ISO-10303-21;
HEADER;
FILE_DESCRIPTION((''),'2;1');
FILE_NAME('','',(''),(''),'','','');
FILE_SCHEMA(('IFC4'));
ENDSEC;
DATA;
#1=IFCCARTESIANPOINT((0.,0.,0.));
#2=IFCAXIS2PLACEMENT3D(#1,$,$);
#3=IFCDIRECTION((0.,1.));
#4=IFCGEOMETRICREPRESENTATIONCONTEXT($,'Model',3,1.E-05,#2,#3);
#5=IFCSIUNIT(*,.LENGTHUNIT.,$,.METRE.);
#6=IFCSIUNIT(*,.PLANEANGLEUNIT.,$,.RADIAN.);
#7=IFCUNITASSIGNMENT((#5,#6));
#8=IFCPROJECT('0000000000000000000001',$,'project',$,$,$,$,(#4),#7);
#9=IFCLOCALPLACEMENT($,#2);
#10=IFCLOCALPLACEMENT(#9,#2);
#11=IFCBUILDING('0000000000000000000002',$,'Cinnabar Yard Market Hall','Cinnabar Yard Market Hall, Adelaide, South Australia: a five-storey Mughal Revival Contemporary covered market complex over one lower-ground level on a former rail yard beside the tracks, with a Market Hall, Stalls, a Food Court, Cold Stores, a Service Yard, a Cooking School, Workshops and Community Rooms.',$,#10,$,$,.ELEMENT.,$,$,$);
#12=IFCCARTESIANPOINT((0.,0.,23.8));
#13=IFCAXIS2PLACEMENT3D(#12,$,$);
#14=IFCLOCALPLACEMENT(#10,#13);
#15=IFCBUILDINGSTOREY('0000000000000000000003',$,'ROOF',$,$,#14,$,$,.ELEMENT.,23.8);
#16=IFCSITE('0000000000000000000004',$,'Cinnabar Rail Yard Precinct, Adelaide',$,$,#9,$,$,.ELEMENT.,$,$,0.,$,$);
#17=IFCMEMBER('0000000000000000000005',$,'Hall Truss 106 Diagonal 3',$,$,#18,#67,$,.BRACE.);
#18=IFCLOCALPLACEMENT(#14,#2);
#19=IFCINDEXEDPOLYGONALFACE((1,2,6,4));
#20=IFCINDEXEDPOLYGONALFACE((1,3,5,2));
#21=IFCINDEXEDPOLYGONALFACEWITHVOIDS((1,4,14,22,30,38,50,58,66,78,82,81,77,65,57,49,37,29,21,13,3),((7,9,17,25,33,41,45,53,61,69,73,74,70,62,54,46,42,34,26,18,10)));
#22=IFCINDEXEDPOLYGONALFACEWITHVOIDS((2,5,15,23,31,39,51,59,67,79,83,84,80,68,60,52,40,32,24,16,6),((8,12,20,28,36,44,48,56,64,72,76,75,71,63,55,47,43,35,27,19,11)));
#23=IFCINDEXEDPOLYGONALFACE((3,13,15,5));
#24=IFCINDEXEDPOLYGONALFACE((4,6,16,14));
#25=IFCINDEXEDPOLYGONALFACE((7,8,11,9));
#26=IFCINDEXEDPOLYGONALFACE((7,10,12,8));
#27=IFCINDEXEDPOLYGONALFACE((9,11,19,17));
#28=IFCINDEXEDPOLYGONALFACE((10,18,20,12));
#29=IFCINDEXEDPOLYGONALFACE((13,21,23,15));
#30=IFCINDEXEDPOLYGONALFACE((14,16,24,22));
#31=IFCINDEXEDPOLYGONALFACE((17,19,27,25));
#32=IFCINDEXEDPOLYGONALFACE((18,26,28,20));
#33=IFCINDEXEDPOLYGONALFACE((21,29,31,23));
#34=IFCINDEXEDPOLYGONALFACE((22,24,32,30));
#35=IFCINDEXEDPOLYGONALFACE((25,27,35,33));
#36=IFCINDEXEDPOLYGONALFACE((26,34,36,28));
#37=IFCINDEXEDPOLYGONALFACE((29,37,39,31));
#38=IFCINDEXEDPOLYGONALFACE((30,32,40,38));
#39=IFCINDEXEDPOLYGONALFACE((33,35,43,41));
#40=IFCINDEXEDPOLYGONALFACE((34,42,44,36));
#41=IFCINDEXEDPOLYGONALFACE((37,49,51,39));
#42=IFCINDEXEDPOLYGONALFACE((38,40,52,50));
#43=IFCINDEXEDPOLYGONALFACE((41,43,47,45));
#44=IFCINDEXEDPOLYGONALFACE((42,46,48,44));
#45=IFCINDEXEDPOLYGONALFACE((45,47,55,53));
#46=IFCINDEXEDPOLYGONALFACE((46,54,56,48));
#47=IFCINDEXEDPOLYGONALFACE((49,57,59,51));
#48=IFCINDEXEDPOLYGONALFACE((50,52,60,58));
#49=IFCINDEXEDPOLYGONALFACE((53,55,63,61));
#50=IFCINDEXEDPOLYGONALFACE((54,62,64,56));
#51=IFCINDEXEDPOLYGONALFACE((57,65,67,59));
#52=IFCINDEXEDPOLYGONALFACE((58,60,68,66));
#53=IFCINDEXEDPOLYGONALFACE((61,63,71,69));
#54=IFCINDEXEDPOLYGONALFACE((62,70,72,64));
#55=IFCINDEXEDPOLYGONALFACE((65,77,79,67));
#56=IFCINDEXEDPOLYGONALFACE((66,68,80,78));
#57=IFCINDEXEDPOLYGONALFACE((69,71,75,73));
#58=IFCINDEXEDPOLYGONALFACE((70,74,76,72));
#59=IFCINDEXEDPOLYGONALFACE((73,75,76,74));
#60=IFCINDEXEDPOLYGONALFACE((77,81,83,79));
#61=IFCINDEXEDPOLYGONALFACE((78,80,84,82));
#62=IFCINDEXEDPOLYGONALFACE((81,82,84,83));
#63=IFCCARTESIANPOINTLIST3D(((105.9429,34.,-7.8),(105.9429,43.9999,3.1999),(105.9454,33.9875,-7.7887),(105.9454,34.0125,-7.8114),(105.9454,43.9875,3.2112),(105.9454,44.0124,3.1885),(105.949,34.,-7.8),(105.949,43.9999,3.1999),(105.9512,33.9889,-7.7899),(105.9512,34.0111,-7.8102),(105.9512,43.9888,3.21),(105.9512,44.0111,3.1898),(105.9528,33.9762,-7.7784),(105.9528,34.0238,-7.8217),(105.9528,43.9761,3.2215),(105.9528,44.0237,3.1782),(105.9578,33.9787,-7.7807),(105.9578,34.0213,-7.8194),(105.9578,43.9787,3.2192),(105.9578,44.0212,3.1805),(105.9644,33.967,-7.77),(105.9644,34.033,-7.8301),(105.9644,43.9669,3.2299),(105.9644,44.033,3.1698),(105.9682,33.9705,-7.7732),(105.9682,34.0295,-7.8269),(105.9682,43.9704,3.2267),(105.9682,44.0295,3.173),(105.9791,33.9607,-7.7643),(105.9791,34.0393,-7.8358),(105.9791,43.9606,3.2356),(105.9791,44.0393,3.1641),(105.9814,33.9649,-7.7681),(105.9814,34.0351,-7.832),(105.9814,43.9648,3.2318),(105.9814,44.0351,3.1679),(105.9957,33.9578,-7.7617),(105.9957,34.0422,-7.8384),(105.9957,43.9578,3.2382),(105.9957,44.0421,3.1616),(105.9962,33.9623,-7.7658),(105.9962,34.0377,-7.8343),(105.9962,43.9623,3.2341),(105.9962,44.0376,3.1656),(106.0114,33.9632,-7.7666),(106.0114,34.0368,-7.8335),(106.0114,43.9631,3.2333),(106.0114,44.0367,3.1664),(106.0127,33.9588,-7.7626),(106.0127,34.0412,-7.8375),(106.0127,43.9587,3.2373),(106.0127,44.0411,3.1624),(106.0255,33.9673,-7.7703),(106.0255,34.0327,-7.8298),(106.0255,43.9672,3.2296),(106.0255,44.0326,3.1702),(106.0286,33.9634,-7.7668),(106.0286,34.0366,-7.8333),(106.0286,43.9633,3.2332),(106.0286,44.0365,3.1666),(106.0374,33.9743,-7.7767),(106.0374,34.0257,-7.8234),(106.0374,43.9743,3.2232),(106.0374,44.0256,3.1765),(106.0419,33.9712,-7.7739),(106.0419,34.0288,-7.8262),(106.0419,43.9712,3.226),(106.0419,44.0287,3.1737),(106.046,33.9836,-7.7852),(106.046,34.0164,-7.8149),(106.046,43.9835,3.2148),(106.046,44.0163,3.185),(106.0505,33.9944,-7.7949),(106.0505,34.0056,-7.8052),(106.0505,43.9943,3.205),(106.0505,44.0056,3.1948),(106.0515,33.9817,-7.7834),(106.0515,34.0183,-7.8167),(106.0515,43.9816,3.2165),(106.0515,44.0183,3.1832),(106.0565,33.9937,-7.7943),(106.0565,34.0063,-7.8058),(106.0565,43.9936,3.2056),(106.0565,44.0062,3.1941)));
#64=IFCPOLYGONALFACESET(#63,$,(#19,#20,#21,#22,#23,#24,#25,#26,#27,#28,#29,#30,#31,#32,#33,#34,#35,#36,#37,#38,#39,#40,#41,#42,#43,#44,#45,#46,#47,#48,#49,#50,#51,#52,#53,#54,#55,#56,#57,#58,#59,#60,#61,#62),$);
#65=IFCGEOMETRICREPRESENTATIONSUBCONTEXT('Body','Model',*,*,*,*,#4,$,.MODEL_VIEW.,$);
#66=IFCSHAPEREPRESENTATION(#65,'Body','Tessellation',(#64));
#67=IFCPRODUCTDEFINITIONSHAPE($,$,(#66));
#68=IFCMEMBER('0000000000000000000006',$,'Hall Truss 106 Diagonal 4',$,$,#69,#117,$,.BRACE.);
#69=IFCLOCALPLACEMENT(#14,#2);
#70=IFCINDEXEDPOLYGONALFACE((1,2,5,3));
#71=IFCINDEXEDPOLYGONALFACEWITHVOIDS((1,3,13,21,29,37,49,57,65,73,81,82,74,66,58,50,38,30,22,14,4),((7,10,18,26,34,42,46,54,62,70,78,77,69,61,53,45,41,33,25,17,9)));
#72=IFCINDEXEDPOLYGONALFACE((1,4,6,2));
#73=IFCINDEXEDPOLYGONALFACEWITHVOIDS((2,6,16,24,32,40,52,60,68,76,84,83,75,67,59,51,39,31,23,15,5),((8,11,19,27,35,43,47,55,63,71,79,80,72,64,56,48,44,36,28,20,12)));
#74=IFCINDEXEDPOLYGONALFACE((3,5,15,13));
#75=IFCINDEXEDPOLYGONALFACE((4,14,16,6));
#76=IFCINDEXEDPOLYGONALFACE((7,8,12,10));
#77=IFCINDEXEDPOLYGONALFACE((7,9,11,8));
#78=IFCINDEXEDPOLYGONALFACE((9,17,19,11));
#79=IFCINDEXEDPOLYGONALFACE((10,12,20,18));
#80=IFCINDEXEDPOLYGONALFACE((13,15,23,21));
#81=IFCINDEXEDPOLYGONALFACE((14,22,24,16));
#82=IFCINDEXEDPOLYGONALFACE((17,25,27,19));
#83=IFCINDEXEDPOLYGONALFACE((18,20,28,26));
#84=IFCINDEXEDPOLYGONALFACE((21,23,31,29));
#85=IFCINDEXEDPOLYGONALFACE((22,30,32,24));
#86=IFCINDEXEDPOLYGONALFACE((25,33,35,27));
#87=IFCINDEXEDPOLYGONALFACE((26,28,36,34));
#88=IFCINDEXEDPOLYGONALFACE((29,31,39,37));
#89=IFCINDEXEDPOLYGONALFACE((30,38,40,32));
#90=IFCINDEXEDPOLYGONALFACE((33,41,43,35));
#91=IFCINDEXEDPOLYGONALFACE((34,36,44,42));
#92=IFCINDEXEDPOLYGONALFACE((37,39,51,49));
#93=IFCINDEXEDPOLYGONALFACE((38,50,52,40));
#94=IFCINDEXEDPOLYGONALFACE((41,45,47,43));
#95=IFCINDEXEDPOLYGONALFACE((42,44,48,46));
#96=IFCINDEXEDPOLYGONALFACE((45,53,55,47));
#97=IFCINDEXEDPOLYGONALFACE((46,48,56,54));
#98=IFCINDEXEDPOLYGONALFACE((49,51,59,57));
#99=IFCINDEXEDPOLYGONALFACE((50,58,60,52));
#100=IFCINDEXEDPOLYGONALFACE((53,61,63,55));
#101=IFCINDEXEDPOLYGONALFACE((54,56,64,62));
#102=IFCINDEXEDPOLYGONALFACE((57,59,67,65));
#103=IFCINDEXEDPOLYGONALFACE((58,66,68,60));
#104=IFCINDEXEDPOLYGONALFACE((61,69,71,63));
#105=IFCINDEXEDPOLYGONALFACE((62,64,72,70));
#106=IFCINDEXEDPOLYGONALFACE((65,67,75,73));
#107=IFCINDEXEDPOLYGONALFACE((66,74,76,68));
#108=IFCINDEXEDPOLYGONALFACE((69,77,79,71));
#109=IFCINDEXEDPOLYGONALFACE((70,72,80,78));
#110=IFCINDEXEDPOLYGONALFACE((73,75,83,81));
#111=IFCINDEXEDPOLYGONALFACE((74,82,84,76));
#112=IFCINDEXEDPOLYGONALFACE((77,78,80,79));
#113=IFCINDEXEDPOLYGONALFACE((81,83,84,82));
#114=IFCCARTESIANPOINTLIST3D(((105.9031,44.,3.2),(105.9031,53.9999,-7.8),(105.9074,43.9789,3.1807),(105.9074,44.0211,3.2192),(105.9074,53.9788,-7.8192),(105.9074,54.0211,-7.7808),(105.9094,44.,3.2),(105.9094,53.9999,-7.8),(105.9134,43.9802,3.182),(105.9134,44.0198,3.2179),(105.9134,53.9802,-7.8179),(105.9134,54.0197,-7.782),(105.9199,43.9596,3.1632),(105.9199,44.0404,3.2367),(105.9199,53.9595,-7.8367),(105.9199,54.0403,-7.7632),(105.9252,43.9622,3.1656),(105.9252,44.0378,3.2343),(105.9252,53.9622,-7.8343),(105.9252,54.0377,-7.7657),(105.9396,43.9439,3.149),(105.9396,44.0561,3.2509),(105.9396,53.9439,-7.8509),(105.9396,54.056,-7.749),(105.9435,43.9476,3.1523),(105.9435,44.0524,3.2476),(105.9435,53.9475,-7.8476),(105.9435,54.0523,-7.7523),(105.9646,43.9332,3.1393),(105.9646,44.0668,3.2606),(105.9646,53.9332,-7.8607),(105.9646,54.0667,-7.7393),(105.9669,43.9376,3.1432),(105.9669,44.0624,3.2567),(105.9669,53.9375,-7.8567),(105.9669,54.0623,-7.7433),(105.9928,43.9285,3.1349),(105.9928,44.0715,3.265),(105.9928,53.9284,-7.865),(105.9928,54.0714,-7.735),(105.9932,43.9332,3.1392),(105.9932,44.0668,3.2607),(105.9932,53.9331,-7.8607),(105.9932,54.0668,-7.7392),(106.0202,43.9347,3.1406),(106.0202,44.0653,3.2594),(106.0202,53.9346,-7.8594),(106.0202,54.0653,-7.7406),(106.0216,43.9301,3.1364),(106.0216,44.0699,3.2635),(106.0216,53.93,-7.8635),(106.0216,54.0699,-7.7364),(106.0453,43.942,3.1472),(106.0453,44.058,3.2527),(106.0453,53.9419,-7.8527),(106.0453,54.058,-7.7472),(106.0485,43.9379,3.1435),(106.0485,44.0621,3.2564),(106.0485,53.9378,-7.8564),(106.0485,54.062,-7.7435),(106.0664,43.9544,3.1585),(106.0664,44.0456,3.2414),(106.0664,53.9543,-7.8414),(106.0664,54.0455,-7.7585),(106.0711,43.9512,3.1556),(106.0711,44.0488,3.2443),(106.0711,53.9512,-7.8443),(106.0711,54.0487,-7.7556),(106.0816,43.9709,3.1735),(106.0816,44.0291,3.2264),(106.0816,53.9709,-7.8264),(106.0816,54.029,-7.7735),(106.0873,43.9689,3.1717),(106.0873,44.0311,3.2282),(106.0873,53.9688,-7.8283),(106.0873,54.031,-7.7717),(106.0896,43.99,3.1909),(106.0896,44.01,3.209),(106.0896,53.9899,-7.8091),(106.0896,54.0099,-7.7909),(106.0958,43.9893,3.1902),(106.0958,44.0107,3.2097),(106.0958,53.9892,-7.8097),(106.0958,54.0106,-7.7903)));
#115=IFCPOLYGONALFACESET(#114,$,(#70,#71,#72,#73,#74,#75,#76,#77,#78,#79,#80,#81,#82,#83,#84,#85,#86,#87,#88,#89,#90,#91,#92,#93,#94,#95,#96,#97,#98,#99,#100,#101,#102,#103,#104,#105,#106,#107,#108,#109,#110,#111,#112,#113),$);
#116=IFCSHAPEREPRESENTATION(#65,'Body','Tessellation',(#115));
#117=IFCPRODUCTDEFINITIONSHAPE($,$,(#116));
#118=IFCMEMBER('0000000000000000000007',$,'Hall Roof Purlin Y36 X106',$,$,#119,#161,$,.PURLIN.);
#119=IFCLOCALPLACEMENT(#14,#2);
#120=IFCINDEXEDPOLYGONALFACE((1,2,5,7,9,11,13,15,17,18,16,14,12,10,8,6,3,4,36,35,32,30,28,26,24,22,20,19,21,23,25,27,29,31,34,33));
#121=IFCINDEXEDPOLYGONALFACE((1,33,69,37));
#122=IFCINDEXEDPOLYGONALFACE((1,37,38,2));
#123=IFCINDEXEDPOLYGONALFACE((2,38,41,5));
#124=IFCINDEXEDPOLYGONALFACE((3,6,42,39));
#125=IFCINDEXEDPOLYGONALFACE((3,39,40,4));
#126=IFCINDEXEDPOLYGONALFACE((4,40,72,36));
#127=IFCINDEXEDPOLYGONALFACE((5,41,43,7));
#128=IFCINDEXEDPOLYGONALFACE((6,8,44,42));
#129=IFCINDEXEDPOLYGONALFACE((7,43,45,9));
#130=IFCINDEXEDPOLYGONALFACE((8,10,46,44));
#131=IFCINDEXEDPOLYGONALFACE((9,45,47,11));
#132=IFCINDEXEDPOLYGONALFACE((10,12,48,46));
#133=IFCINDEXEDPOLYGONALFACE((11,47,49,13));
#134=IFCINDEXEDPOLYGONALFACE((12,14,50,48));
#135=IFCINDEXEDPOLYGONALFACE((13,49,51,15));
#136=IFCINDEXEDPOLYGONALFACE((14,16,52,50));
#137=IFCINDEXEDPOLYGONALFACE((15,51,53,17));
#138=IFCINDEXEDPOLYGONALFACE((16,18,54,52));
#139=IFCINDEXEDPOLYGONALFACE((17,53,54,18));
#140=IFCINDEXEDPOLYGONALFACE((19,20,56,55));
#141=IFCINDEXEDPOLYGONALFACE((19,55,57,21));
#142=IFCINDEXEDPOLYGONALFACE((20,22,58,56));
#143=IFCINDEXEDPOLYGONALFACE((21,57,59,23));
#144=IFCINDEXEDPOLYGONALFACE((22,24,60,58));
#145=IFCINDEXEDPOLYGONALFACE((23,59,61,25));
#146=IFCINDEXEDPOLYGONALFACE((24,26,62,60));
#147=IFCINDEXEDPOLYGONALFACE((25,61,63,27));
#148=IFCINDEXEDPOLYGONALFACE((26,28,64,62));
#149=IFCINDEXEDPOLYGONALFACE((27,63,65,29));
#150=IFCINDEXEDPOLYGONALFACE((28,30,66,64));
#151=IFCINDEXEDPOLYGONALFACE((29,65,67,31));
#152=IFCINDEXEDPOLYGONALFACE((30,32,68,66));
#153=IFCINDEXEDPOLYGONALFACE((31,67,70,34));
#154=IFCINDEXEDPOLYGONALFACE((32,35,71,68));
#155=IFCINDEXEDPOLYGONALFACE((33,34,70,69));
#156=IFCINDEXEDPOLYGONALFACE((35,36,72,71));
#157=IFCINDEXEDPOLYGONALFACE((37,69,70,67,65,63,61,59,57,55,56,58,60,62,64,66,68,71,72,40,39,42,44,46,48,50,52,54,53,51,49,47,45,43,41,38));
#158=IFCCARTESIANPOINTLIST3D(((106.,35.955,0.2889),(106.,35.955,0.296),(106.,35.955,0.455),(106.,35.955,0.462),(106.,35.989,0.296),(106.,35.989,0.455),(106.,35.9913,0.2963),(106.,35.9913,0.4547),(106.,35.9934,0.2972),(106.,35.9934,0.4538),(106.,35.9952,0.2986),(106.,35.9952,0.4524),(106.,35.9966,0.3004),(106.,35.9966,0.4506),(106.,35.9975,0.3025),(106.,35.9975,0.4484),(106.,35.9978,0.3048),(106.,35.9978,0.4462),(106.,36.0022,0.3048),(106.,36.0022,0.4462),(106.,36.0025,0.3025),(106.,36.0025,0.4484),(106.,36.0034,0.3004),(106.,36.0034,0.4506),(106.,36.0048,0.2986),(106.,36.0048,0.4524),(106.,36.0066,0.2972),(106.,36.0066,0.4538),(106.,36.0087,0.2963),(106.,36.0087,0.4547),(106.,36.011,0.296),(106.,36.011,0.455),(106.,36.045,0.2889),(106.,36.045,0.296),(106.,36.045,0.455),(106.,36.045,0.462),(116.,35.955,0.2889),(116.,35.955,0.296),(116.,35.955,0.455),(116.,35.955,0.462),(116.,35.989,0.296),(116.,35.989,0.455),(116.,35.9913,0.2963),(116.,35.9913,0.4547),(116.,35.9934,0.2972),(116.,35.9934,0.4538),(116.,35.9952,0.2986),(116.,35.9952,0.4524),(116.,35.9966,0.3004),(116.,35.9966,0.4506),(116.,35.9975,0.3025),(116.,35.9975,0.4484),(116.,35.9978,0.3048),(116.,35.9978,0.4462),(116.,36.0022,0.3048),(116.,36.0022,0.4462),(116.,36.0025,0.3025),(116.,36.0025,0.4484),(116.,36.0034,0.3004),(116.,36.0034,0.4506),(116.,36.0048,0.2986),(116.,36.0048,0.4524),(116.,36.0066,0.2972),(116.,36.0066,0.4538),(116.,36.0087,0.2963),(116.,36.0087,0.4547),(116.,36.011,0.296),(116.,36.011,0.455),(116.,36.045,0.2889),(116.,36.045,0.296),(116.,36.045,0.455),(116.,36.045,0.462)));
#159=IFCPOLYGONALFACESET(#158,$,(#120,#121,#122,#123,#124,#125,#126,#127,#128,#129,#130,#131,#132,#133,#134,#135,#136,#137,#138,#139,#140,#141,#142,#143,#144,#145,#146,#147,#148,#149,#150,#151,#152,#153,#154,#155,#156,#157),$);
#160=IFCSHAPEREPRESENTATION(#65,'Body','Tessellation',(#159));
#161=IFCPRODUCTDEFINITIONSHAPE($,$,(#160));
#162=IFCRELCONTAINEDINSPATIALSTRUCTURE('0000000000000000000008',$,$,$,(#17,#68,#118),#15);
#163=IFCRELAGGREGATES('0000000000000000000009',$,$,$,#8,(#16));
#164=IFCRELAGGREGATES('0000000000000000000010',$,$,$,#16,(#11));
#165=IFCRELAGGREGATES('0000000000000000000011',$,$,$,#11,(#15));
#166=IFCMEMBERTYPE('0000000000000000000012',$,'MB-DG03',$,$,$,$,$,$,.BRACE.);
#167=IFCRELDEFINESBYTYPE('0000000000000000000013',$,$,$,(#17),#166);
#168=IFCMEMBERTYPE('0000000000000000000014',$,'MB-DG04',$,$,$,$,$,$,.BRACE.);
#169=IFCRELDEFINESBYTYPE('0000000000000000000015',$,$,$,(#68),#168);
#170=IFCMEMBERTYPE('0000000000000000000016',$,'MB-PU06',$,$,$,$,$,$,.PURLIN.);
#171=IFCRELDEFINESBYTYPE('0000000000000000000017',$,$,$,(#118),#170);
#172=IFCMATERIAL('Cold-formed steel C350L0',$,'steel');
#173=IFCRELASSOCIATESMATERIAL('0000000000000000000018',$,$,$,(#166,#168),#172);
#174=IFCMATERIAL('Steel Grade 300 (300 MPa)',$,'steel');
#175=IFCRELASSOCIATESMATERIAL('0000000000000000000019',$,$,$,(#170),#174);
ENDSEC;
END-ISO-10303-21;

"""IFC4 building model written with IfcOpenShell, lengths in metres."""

from ifc_helpers import new_model, si_unit, direction, frame, origin, origin_2d_with_axis, place, context, subcontext, project, spatial, hollow_circle, i_section, extrude, material, material_profile, profile_set, type_object, element, save


model = new_model("IFC4")

# Units and contexts
model_context = context("Model", 3, precision=1e-05, world=origin(), true_north=direction((0.0, 1.0)))
body_context = subcontext(model_context, "Body", "Model", "MODEL_VIEW")
ifc_project = project(units=[si_unit("LENGTHUNIT", "METRE"), si_unit("PLANEANGLEUNIT", "RADIAN")], contexts=[model_context])

# Site, building, storey
site_placement = place(None, origin())
site = spatial("IfcSite", under=ifc_project, at=site_placement, Name="Cinnabar Rail Yard Precinct, Adelaide", CompositionType="ELEMENT", RefElevation=0.0)
building_placement = place(site_placement, origin())
building = spatial("IfcBuilding", under=site, at=building_placement, Name="Cinnabar Yard Market Hall", Description="Cinnabar Yard Market Hall, Adelaide, South Australia: a five-storey Mughal Revival Contemporary covered market complex over one lower-ground level on a former rail yard beside the tracks, with a Market Hall, Stalls, a Food Court, Cold Stores, a Service Yard, a Cooking School, Workshops and Community Rooms.", CompositionType="ELEMENT")
storey_placement = place(building_placement, frame((0.0, 0.0, 23.8)))
storey = spatial("IfcBuildingStorey", under=building, at=storey_placement, Name="ROOF", CompositionType="ELEMENT", Elevation=23.8)

# Shared definitions
ifc_material_1 = material(Name="Steel Grade 300 (300 MPa)", Category="steel")

# Members
ifc_material_2 = material(Name="Cold-formed steel C350L0", Category="steel")
ifc_material_profile_1 = material_profile(ifc_material_2, hollow_circle(Radius=0.0571, WallThickness=0.0061, at=origin_2d_with_axis()), Name="114.3x6.0CHS")
ifc_profile_set_1 = profile_set([ifc_material_profile_1], Name="Cold-formed steel C350L0")
member_type_1 = type_object("IfcMemberType", Name="MB-DG03", PredefinedType="BRACE", material=ifc_profile_set_1)
member_1_placement = place(storey_placement, frame((106.0, 34.0, -7.8), z_axis=(0.0, 0.672673, 0.73994), x_axis=(-1.0, 0.0, 0.0)))
element("IfcMember", 1, at=member_1_placement, inside=storey, type_object=member_type_1, Name="Hall Truss 106 Diagonal 3", PredefinedType="BRACE", context=body_context, shape_type="SweptSolid", body=[
    extrude(hollow_circle(Radius=0.0571, WallThickness=0.0061, at=origin_2d_with_axis()), origin(), (0.0, 0.0, 1.0), 14.866),
])
ifc_material_profile_2 = material_profile(ifc_material_2, hollow_circle(Radius=0.0969, WallThickness=0.0063, at=origin_2d_with_axis()), Name="193.7x6.4CHS")
ifc_profile_set_2 = profile_set([ifc_material_profile_2], Name="Cold-formed steel C350L0")
member_type_2 = type_object("IfcMemberType", Name="MB-DG04", PredefinedType="BRACE", material=ifc_profile_set_2)
member_2_placement = place(storey_placement, frame((106.0, 44.0, 3.2), z_axis=(0.0, 0.672673, -0.73994), x_axis=(-1.0, 0.0, 0.0)))
element("IfcMember", 2, at=member_2_placement, inside=storey, type_object=member_type_2, Name="Hall Truss 106 Diagonal 4", PredefinedType="BRACE", context=body_context, shape_type="SweptSolid", body=[
    extrude(hollow_circle(Radius=0.0969, WallThickness=0.0063, at=origin_2d_with_axis()), origin(), (0.0, 0.0, 1.0), 14.866),
])
ifc_material_profile_3 = material_profile(ifc_material_1, i_section(OverallWidth=0.0901, OverallDepth=0.1731, WebThickness=0.0044, FlangeThickness=0.0071, FilletRadius=0.0088, at=origin_2d_with_axis()), Name="180UB16.1")
ifc_profile_set_3 = profile_set([ifc_material_profile_3], Name="Steel Grade 300 (300 MPa)")
member_type_3 = type_object("IfcMemberType", Name="MB-PU06", PredefinedType="PURLIN", material=ifc_profile_set_3)
member_3_placement = place(storey_placement, frame((106.0, 36.0, 0.3755), z_axis=(1.0, 0.0, 0.0), x_axis=(0.0, 1.0, 0.0)))
element("IfcMember", 3, at=member_3_placement, inside=storey, type_object=member_type_3, Name="Hall Roof Purlin Y36 X106", PredefinedType="PURLIN", context=body_context, shape_type="SweptSolid", body=[
    extrude(i_section(OverallWidth=0.0901, OverallDepth=0.1731, WebThickness=0.0044, FlangeThickness=0.0071, FilletRadius=0.0088, at=origin_2d_with_axis()), origin(), (0.0, 0.0, 1.0), 10.0),
])

save(model, "model.ifc")
